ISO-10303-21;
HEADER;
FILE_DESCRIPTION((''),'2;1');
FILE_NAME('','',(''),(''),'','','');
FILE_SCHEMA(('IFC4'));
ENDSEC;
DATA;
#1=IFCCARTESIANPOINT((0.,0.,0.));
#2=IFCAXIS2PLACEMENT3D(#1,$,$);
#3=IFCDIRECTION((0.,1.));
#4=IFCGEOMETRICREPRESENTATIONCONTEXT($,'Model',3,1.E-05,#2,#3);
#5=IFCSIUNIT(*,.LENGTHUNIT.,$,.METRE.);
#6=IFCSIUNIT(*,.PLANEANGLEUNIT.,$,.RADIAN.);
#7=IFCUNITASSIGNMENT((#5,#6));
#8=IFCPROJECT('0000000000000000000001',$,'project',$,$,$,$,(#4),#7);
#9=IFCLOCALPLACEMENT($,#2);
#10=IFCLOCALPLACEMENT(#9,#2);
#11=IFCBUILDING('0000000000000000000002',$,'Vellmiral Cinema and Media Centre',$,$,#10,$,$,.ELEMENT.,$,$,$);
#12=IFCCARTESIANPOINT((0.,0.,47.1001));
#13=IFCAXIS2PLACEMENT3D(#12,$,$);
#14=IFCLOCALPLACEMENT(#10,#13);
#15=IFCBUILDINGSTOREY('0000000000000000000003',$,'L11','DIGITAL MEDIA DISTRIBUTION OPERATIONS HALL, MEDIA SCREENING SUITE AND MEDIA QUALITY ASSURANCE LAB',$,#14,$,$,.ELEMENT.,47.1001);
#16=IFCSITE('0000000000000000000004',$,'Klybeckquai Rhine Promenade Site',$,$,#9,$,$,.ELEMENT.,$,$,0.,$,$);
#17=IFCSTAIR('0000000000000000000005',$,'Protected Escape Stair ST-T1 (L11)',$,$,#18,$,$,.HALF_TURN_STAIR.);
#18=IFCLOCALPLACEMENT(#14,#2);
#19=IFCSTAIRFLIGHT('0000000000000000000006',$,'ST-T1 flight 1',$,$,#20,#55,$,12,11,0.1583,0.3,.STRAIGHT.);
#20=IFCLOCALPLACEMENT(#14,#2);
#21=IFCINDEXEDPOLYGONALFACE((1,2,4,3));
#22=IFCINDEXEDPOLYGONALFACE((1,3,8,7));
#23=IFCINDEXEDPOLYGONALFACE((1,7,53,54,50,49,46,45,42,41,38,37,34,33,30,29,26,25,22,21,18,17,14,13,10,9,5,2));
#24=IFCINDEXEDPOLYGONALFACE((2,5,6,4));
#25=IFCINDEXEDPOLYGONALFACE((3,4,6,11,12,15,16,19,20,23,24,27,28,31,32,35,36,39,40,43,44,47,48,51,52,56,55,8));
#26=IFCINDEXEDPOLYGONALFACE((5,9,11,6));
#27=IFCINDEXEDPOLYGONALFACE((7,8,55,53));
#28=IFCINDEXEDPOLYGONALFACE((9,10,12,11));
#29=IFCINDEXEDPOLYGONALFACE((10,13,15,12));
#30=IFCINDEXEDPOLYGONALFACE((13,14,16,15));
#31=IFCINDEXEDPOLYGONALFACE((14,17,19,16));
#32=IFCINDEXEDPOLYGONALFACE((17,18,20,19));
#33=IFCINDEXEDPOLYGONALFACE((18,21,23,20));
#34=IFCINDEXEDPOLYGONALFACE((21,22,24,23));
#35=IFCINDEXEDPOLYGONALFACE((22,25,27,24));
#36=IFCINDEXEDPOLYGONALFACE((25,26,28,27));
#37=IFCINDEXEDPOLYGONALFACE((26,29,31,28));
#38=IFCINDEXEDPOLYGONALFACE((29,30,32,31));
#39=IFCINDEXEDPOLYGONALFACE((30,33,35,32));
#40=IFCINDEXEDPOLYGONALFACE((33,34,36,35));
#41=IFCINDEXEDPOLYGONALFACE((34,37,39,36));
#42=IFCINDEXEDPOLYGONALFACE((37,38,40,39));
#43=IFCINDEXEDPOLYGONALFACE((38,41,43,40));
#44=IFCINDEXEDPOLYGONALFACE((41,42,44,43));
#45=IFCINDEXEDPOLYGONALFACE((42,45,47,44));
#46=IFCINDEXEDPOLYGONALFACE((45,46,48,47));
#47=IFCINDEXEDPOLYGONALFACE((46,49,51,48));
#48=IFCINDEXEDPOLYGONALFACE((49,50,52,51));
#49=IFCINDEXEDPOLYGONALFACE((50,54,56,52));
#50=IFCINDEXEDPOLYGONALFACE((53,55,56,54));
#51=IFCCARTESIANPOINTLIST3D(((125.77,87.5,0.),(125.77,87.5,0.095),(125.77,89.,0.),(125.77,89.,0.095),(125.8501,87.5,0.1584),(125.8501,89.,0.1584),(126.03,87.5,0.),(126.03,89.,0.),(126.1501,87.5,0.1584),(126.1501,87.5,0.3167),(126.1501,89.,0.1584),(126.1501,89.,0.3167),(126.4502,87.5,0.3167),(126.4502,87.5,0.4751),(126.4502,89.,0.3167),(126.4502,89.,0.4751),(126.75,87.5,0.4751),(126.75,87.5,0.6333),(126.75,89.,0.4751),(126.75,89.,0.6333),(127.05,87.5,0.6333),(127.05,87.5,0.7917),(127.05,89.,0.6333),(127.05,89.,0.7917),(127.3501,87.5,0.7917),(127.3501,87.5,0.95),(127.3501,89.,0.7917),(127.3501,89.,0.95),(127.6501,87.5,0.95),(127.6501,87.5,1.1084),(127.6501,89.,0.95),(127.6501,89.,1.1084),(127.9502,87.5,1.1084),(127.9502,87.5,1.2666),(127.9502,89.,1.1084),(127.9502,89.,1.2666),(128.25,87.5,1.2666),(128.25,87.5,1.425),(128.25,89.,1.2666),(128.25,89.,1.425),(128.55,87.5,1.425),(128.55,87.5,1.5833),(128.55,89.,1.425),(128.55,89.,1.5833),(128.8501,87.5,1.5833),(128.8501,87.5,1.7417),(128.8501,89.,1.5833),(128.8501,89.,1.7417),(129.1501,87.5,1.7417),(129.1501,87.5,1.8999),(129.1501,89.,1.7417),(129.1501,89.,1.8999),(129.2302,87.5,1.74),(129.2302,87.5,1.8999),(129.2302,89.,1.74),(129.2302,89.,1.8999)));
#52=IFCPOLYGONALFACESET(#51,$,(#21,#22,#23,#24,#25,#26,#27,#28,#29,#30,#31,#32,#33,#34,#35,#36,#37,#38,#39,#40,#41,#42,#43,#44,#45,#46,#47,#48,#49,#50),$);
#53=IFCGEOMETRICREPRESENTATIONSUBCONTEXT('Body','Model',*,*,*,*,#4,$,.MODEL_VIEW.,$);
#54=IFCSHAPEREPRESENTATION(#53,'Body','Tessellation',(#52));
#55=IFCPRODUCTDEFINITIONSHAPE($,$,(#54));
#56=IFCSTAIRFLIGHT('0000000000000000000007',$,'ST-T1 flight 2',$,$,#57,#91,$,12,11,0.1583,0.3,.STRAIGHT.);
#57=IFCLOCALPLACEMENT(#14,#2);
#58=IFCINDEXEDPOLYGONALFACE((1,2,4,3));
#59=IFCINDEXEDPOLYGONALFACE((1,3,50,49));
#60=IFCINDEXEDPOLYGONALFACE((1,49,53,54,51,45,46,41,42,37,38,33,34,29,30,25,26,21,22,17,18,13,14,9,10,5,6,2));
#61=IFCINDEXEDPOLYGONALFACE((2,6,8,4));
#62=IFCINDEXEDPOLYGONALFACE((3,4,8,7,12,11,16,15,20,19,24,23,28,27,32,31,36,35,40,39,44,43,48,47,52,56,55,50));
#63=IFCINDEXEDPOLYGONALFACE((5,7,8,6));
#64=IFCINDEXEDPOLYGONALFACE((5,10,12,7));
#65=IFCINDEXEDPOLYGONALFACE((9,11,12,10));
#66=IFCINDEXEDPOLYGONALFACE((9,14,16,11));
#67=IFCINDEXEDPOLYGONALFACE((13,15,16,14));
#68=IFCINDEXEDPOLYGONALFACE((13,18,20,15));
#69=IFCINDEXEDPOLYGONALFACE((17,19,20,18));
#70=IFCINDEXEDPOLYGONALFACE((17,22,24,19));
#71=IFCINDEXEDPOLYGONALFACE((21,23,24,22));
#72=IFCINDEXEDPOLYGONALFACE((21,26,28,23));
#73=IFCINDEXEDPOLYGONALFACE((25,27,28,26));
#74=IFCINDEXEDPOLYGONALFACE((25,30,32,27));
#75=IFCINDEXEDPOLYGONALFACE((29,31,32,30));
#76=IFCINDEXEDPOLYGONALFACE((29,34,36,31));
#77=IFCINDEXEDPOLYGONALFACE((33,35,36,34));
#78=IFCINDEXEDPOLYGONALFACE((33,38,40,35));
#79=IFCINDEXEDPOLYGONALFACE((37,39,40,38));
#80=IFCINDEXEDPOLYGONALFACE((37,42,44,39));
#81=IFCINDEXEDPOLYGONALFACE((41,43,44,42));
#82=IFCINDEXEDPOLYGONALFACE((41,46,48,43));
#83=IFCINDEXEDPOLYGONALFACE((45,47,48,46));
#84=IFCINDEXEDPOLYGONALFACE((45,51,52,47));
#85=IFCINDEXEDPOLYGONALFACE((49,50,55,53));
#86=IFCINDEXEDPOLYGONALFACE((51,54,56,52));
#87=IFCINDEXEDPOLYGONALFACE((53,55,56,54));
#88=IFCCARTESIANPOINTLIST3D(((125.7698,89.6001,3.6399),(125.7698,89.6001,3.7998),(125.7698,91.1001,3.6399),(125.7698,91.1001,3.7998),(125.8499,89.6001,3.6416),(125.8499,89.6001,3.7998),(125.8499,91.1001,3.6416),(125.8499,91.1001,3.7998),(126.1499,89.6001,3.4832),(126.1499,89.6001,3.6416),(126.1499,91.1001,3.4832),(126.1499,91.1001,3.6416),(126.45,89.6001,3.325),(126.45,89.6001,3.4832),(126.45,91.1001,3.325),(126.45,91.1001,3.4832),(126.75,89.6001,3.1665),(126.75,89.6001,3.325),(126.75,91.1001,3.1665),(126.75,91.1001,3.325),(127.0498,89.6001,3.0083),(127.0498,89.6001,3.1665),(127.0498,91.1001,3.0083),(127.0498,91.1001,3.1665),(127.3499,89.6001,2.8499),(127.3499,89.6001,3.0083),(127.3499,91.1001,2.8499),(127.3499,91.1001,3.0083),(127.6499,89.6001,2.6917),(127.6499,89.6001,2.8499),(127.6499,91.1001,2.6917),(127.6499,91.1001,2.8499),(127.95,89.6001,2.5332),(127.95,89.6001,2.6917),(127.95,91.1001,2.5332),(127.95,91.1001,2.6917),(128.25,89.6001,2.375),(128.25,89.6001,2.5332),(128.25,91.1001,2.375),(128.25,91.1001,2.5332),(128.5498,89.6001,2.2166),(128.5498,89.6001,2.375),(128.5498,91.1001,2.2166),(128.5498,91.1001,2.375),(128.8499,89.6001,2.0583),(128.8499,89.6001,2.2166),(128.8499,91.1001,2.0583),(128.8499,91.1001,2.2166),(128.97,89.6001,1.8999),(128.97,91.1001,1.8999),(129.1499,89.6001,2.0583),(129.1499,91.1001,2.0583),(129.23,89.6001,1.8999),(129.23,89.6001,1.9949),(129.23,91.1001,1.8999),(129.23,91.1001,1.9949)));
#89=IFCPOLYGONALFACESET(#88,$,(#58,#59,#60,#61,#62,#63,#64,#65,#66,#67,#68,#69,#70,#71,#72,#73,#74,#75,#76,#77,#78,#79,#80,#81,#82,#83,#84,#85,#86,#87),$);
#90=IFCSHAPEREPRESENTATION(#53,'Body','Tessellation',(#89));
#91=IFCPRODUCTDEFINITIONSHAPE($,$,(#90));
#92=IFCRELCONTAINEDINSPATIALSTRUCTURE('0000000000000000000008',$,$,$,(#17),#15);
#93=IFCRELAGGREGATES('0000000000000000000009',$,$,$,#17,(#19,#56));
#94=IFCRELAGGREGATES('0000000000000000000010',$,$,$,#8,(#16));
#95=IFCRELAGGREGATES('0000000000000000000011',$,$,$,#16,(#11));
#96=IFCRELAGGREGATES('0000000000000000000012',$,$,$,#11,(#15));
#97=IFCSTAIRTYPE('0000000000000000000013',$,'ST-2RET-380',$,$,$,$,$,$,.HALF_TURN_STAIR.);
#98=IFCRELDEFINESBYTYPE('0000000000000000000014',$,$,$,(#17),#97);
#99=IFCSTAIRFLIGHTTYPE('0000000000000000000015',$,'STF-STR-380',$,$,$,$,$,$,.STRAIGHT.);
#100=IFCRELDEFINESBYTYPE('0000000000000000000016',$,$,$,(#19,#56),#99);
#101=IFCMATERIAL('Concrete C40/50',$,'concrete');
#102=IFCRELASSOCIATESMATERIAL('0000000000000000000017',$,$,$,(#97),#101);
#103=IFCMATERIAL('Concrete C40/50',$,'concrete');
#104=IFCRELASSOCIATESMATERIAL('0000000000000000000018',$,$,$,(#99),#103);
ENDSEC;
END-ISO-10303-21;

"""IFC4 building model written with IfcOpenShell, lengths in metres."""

from ifc_helpers import new_model, si_unit, direction, frame, origin, place, context, subcontext, project, spatial, polyline, outline, extrude, material, type_object, element, aggregate, save


model = new_model("IFC4")

# Units and contexts
model_context = context("Model", 3, precision=1e-05, world=origin(), true_north=direction((0.0, 1.0)))
body_context = subcontext(model_context, "Body", "Model", "MODEL_VIEW")
ifc_project = project(units=[si_unit("LENGTHUNIT", "METRE"), si_unit("PLANEANGLEUNIT", "RADIAN")], contexts=[model_context])

# Site, building, storey
site_placement = place(None, origin())
site = spatial("IfcSite", under=ifc_project, at=site_placement, Name="Klybeckquai Rhine Promenade Site", CompositionType="ELEMENT", RefElevation=0.0)
building_placement = place(site_placement, origin())
building = spatial("IfcBuilding", under=site, at=building_placement, Name="Vellmiral Cinema and Media Centre", CompositionType="ELEMENT")
storey_placement = place(building_placement, frame((0.0, 0.0, 47.1001)))
storey = spatial("IfcBuildingStorey", under=building, at=storey_placement, Name="L11", Description="DIGITAL MEDIA DISTRIBUTION OPERATIONS HALL, MEDIA SCREENING SUITE AND MEDIA QUALITY ASSURANCE LAB", CompositionType="ELEMENT", Elevation=47.1001)

# Stair, stair flights
ifc_material_1 = material(Name="Concrete C40/50", Category="concrete")
stair_type = type_object("IfcStairType", Name="ST-2RET-380", PredefinedType="HALF_TURN_STAIR", material=ifc_material_1)
stair_placement = place(storey_placement, origin())
stair = element("IfcStair", 1, at=stair_placement, inside=storey, type_object=stair_type, Name="Protected Escape Stair ST-T1 (L11)", PredefinedType="HALF_TURN_STAIR")
ifc_material_2 = material(Name="Concrete C40/50", Category="concrete")
stair_flight_type = type_object("IfcStairFlightType", Name="STF-STR-380", PredefinedType="STRAIGHT", material=ifc_material_2)
stair_flight_1_placement = place(storey_placement, frame((125.8501, 88.25, 0.0), z_axis=(0.0, 0.0, 1.0), x_axis=(1.0, 0.0, 0.0)))
stair_flight_1 = element("IfcStairFlight", 2, at=stair_flight_1_placement, type_object=stair_flight_type, Name="ST-T1 flight 1", NumberOfRisers=12, NumberOfTreads=11, PredefinedType="STRAIGHT", RiserHeight=0.1583, TreadLength=0.3, context=body_context, shape_type="SweptSolid", body=[
    extrude(outline(polyline([(-0.0801, 0.0), (-0.0801, 0.095), (0.0, 0.1584), (0.3, 0.1584), (0.3, 0.3167), (0.6001, 0.3167), (0.6001, 0.4751), (0.8999, 0.4751), (0.8999, 0.6333), (1.2, 0.6333), (1.2, 0.7917), (1.5, 0.7917), (1.5, 0.95), (1.8, 0.95), (1.8, 1.1084), (2.1001, 1.1084), (2.1001, 1.2666), (2.3999, 1.2666), (2.3999, 1.425), (2.7, 1.425), (2.7, 1.5833), (3.0, 1.5833), (3.0, 1.7417), (3.3, 1.7417), (3.3, 1.8999), (3.3801, 1.8999), (3.3801, 1.74), (0.1799, 0.0), (-0.0801, 0.0)])), frame((0.0, 0.75, 0.0), z_axis=(0.0, -1.0, 0.0), x_axis=(1.0, 0.0, 0.0)), (0.0, 0.0, 1.0), 1.5),
])
stair_flight_2_placement = place(storey_placement, frame((129.1499, 90.3501, 1.8999), z_axis=(0.0, 0.0, 1.0), x_axis=(-1.0, 0.0, 0.0)))
stair_flight_2 = element("IfcStairFlight", 3, at=stair_flight_2_placement, type_object=stair_flight_type, Name="ST-T1 flight 2", NumberOfRisers=12, NumberOfTreads=11, PredefinedType="STRAIGHT", RiserHeight=0.1583, TreadLength=0.3, context=body_context, shape_type="SweptSolid", body=[
    extrude(outline(polyline([(-0.0801, 0.0), (-0.0801, 0.095), (0.0, 0.1584), (0.3, 0.1584), (0.3, 0.3167), (0.6001, 0.3167), (0.6001, 0.4751), (0.8999, 0.4751), (0.8999, 0.6333), (1.2, 0.6333), (1.2, 0.7917), (1.5, 0.7917), (1.5, 0.95), (1.8, 0.95), (1.8, 1.1084), (2.1001, 1.1084), (2.1001, 1.2666), (2.3999, 1.2666), (2.3999, 1.425), (2.7, 1.425), (2.7, 1.5833), (3.0, 1.5833), (3.0, 1.7417), (3.3, 1.7417), (3.3, 1.8999), (3.3801, 1.8999), (3.3801, 1.74), (0.1799, 0.0), (-0.0801, 0.0)])), frame((0.0, 0.75, 0.0), z_axis=(0.0, -1.0, 0.0), x_axis=(1.0, 0.0, 0.0)), (0.0, 0.0, 1.0), 1.5),
])
aggregate(stair, [stair_flight_1, stair_flight_2])

save(model, "model.ifc")
